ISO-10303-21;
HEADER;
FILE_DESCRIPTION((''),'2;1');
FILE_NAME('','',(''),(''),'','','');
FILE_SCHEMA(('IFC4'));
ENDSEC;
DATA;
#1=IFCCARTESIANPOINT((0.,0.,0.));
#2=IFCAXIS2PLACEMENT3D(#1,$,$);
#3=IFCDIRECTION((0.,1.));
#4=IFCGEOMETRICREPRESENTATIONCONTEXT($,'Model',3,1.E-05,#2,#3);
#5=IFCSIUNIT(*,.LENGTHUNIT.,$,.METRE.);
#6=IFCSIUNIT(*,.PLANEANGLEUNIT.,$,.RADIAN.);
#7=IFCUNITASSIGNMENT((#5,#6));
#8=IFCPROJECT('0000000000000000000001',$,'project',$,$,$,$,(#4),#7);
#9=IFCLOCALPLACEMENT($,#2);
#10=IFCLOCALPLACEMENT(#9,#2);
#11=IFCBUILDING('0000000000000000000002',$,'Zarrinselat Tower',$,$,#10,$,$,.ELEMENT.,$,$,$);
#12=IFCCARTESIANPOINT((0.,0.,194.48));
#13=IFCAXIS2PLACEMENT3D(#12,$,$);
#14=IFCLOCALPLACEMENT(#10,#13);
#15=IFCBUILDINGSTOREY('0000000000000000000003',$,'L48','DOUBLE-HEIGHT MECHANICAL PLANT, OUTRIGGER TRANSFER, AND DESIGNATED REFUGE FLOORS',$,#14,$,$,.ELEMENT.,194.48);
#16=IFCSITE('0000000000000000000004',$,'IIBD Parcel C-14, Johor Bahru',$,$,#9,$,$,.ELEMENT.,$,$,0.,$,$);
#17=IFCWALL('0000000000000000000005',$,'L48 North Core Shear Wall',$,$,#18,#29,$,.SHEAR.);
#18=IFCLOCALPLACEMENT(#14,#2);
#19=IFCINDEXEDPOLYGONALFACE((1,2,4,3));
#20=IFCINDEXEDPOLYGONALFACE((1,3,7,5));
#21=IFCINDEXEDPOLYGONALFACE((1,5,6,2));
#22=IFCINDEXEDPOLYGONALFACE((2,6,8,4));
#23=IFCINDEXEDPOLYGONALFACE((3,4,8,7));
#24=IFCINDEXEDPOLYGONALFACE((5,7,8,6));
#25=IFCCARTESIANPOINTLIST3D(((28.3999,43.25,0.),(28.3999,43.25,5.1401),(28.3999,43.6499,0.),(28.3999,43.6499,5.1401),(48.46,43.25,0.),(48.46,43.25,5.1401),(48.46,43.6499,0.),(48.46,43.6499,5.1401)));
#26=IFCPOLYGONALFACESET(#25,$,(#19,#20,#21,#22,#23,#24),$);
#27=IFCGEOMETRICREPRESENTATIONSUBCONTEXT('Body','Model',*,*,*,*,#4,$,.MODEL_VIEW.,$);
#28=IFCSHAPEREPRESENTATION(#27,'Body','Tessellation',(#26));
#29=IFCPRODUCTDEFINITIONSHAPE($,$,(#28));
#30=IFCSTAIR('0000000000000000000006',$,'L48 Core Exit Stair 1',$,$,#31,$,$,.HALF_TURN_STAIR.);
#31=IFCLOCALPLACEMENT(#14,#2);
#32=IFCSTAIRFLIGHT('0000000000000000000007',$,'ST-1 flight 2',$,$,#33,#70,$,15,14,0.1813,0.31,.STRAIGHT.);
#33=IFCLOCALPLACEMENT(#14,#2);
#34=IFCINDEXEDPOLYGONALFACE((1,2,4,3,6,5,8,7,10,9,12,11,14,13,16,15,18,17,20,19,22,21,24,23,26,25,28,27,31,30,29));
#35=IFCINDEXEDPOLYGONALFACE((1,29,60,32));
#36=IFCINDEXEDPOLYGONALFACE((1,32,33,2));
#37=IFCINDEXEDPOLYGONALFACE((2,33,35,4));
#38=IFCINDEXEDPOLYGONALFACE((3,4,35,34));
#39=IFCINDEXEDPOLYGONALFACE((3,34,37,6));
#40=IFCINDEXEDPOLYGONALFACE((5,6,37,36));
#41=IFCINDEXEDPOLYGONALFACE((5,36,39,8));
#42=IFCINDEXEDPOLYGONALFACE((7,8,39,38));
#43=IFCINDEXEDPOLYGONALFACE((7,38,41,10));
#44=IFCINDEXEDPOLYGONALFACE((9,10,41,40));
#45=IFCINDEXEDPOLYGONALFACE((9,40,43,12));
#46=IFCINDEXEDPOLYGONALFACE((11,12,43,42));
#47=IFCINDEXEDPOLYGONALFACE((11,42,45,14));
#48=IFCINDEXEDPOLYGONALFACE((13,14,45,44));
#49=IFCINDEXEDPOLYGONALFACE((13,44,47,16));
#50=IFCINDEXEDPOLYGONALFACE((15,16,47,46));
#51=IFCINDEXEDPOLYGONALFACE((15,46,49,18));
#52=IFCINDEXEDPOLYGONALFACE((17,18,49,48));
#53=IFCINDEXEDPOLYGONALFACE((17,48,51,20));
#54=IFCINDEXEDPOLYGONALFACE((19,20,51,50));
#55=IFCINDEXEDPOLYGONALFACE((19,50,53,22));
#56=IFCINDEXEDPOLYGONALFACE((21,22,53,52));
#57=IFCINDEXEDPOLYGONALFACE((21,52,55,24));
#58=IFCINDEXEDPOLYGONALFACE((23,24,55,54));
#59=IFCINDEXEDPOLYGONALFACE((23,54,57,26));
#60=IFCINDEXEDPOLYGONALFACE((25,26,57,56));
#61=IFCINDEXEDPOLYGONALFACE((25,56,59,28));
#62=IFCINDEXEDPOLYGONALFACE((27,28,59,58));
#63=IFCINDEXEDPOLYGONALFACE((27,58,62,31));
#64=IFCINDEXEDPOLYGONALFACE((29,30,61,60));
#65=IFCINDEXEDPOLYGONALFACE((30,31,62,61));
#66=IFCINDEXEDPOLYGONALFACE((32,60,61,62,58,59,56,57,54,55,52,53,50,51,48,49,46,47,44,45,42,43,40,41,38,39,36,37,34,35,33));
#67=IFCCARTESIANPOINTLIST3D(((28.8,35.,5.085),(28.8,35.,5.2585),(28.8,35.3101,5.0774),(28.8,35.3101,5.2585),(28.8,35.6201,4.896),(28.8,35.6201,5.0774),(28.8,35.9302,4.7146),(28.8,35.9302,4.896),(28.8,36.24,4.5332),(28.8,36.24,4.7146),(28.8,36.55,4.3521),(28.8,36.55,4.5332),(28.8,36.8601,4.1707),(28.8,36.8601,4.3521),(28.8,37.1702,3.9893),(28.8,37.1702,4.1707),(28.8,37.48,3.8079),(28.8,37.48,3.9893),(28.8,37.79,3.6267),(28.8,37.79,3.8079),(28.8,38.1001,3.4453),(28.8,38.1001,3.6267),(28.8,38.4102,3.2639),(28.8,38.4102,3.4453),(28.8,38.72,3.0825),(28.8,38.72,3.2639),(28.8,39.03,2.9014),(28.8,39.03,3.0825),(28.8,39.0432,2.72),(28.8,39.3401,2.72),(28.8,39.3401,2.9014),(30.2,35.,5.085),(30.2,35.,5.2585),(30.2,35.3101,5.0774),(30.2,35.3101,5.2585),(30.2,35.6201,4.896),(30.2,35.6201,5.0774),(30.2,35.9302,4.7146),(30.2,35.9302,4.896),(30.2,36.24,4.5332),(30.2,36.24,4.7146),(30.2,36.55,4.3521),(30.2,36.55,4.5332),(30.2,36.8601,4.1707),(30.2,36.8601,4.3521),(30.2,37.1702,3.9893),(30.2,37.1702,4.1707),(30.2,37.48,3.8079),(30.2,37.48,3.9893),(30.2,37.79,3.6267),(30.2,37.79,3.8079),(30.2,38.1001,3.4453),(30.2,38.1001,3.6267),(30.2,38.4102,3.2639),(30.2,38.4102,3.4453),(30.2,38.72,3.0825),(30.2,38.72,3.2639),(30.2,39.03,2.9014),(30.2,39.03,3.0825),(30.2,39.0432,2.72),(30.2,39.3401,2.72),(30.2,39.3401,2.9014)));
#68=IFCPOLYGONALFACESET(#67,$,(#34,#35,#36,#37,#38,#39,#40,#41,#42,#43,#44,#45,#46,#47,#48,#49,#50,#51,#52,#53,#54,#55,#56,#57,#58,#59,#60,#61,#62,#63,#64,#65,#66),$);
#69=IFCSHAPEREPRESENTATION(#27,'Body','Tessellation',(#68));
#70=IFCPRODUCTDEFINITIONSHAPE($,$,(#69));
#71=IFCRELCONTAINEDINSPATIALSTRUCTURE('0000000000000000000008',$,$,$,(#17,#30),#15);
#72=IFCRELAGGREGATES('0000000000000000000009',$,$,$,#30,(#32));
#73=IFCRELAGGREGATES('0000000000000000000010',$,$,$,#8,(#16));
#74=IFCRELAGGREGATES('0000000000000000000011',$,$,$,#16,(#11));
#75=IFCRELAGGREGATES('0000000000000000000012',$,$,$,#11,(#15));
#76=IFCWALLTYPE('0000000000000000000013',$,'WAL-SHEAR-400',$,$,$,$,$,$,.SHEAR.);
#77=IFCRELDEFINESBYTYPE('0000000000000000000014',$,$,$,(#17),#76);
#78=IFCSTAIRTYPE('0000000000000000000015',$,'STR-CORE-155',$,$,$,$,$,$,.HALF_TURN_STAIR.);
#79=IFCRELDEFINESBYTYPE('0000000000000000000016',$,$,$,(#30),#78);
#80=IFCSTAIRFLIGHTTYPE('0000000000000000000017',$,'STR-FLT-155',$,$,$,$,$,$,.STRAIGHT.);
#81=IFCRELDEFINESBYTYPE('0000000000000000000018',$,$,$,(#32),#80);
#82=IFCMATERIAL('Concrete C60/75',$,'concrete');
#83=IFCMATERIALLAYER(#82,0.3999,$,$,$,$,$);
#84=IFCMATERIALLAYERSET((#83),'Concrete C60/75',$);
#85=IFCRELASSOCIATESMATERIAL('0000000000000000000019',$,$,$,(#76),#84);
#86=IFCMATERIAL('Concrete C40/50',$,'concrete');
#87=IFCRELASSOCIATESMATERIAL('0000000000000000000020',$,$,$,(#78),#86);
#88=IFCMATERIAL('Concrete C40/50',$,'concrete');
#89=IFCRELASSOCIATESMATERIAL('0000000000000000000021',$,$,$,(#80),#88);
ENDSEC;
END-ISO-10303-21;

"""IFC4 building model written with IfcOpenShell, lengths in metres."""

from ifc_helpers import new_model, si_unit, direction, frame, frame_2d, origin, place, context, subcontext, project, spatial, polyline, rectangle, outline, extrude, material, layer, layer_set, type_object, element, aggregate, save


model = new_model("IFC4")

# Units and contexts
model_context = context("Model", 3, precision=1e-05, world=origin(), true_north=direction((0.0, 1.0)))
body_context = subcontext(model_context, "Body", "Model", "MODEL_VIEW")
ifc_project = project(units=[si_unit("LENGTHUNIT", "METRE"), si_unit("PLANEANGLEUNIT", "RADIAN")], contexts=[model_context])

# Site, building, storey
site_placement = place(None, origin())
site = spatial("IfcSite", under=ifc_project, at=site_placement, Name="IIBD Parcel C-14, Johor Bahru", CompositionType="ELEMENT", RefElevation=0.0)
building_placement = place(site_placement, origin())
building = spatial("IfcBuilding", under=site, at=building_placement, Name="Zarrinselat Tower", CompositionType="ELEMENT")
storey_placement = place(building_placement, frame((0.0, 0.0, 194.48)))
storey = spatial("IfcBuildingStorey", under=building, at=storey_placement, Name="L48", Description="DOUBLE-HEIGHT MECHANICAL PLANT, OUTRIGGER TRANSFER, AND DESIGNATED REFUGE FLOORS", CompositionType="ELEMENT", Elevation=194.48)

# Wall
ifc_material_1 = material(Name="Concrete C60/75", Category="concrete")
ifc_layer_1 = layer(ifc_material_1, 0.3999)
ifc_layer_set_1 = layer_set([ifc_layer_1], Name="Concrete C60/75")
wall_type_1 = type_object("IfcWallType", Name="WAL-SHEAR-400", PredefinedType="SHEAR", material=ifc_layer_set_1)
wall_1_placement = place(storey_placement, frame((28.3999, 43.45, 0.0), z_axis=(0.0, 0.0, 1.0), x_axis=(1.0, 0.0, 0.0)))
element("IfcWall", 1, at=wall_1_placement, inside=storey, type_object=wall_type_1, Name="L48 North Core Shear Wall", PredefinedType="SHEAR", context=body_context, shape_type="SweptSolid", body=[
    extrude(rectangle(XDim=20.0601, YDim=0.3999, at=frame_2d((10.03, 0.0))), origin(), (0.0, 0.0, 1.0), 5.1401),
])

# Stair, stair flight
ifc_material_2 = material(Name="Concrete C40/50", Category="concrete")
stair_type = type_object("IfcStairType", Name="STR-CORE-155", PredefinedType="HALF_TURN_STAIR", material=ifc_material_2)
stair_placement = place(storey_placement, origin())
stair = element("IfcStair", 2, at=stair_placement, inside=storey, type_object=stair_type, Name="L48 Core Exit Stair 1", PredefinedType="HALF_TURN_STAIR")
ifc_material_3 = material(Name="Concrete C40/50", Category="concrete")
stair_flight_type = type_object("IfcStairFlightType", Name="STR-FLT-155", PredefinedType="STRAIGHT", material=ifc_material_3)
stair_flight_placement = place(storey_placement, frame((29.5, 39.3401, 2.72), z_axis=(0.0, 0.0, 1.0), x_axis=(0.0, -1.0, 0.0)))
stair_flight = element("IfcStairFlight", 3, at=stair_flight_placement, type_object=stair_flight_type, Name="ST-1 flight 2", NumberOfRisers=15, NumberOfTreads=14, PredefinedType="STRAIGHT", RiserHeight=0.1813, TreadLength=0.31, context=body_context, shape_type="SweptSolid", body=[
    extrude(outline(polyline([(0.0, 0.0), (0.0, 0.1814), (0.3101, 0.1814), (0.3101, 0.3625), (0.6201, 0.3625), (0.6201, 0.5439), (0.9299, 0.5439), (0.9299, 0.7253), (1.24, 0.7253), (1.24, 0.9067), (1.55, 0.9067), (1.55, 1.0879), (1.8601, 1.0879), (1.8601, 1.2693), (2.1699, 1.2693), (2.1699, 1.4507), (2.48, 1.4507), (2.48, 1.6321), (2.79, 1.6321), (2.79, 1.8132), (3.1001, 1.8132), (3.1001, 1.9946), (3.4099, 1.9946), (3.4099, 2.176), (3.72, 2.176), (3.72, 2.3574), (4.03, 2.3574), (4.03, 2.5386), (4.3401, 2.5386), (4.3401, 2.72), (4.3401, 2.365), (0.2969, 0.0), (0.0, 0.0)])), frame((0.0, 0.7, 0.0), z_axis=(0.0, -1.0, 0.0), x_axis=(1.0, 0.0, 0.0)), (0.0, 0.0, 1.0), 1.3999),
])
aggregate(stair, [stair_flight])

save(model, "model.ifc")
